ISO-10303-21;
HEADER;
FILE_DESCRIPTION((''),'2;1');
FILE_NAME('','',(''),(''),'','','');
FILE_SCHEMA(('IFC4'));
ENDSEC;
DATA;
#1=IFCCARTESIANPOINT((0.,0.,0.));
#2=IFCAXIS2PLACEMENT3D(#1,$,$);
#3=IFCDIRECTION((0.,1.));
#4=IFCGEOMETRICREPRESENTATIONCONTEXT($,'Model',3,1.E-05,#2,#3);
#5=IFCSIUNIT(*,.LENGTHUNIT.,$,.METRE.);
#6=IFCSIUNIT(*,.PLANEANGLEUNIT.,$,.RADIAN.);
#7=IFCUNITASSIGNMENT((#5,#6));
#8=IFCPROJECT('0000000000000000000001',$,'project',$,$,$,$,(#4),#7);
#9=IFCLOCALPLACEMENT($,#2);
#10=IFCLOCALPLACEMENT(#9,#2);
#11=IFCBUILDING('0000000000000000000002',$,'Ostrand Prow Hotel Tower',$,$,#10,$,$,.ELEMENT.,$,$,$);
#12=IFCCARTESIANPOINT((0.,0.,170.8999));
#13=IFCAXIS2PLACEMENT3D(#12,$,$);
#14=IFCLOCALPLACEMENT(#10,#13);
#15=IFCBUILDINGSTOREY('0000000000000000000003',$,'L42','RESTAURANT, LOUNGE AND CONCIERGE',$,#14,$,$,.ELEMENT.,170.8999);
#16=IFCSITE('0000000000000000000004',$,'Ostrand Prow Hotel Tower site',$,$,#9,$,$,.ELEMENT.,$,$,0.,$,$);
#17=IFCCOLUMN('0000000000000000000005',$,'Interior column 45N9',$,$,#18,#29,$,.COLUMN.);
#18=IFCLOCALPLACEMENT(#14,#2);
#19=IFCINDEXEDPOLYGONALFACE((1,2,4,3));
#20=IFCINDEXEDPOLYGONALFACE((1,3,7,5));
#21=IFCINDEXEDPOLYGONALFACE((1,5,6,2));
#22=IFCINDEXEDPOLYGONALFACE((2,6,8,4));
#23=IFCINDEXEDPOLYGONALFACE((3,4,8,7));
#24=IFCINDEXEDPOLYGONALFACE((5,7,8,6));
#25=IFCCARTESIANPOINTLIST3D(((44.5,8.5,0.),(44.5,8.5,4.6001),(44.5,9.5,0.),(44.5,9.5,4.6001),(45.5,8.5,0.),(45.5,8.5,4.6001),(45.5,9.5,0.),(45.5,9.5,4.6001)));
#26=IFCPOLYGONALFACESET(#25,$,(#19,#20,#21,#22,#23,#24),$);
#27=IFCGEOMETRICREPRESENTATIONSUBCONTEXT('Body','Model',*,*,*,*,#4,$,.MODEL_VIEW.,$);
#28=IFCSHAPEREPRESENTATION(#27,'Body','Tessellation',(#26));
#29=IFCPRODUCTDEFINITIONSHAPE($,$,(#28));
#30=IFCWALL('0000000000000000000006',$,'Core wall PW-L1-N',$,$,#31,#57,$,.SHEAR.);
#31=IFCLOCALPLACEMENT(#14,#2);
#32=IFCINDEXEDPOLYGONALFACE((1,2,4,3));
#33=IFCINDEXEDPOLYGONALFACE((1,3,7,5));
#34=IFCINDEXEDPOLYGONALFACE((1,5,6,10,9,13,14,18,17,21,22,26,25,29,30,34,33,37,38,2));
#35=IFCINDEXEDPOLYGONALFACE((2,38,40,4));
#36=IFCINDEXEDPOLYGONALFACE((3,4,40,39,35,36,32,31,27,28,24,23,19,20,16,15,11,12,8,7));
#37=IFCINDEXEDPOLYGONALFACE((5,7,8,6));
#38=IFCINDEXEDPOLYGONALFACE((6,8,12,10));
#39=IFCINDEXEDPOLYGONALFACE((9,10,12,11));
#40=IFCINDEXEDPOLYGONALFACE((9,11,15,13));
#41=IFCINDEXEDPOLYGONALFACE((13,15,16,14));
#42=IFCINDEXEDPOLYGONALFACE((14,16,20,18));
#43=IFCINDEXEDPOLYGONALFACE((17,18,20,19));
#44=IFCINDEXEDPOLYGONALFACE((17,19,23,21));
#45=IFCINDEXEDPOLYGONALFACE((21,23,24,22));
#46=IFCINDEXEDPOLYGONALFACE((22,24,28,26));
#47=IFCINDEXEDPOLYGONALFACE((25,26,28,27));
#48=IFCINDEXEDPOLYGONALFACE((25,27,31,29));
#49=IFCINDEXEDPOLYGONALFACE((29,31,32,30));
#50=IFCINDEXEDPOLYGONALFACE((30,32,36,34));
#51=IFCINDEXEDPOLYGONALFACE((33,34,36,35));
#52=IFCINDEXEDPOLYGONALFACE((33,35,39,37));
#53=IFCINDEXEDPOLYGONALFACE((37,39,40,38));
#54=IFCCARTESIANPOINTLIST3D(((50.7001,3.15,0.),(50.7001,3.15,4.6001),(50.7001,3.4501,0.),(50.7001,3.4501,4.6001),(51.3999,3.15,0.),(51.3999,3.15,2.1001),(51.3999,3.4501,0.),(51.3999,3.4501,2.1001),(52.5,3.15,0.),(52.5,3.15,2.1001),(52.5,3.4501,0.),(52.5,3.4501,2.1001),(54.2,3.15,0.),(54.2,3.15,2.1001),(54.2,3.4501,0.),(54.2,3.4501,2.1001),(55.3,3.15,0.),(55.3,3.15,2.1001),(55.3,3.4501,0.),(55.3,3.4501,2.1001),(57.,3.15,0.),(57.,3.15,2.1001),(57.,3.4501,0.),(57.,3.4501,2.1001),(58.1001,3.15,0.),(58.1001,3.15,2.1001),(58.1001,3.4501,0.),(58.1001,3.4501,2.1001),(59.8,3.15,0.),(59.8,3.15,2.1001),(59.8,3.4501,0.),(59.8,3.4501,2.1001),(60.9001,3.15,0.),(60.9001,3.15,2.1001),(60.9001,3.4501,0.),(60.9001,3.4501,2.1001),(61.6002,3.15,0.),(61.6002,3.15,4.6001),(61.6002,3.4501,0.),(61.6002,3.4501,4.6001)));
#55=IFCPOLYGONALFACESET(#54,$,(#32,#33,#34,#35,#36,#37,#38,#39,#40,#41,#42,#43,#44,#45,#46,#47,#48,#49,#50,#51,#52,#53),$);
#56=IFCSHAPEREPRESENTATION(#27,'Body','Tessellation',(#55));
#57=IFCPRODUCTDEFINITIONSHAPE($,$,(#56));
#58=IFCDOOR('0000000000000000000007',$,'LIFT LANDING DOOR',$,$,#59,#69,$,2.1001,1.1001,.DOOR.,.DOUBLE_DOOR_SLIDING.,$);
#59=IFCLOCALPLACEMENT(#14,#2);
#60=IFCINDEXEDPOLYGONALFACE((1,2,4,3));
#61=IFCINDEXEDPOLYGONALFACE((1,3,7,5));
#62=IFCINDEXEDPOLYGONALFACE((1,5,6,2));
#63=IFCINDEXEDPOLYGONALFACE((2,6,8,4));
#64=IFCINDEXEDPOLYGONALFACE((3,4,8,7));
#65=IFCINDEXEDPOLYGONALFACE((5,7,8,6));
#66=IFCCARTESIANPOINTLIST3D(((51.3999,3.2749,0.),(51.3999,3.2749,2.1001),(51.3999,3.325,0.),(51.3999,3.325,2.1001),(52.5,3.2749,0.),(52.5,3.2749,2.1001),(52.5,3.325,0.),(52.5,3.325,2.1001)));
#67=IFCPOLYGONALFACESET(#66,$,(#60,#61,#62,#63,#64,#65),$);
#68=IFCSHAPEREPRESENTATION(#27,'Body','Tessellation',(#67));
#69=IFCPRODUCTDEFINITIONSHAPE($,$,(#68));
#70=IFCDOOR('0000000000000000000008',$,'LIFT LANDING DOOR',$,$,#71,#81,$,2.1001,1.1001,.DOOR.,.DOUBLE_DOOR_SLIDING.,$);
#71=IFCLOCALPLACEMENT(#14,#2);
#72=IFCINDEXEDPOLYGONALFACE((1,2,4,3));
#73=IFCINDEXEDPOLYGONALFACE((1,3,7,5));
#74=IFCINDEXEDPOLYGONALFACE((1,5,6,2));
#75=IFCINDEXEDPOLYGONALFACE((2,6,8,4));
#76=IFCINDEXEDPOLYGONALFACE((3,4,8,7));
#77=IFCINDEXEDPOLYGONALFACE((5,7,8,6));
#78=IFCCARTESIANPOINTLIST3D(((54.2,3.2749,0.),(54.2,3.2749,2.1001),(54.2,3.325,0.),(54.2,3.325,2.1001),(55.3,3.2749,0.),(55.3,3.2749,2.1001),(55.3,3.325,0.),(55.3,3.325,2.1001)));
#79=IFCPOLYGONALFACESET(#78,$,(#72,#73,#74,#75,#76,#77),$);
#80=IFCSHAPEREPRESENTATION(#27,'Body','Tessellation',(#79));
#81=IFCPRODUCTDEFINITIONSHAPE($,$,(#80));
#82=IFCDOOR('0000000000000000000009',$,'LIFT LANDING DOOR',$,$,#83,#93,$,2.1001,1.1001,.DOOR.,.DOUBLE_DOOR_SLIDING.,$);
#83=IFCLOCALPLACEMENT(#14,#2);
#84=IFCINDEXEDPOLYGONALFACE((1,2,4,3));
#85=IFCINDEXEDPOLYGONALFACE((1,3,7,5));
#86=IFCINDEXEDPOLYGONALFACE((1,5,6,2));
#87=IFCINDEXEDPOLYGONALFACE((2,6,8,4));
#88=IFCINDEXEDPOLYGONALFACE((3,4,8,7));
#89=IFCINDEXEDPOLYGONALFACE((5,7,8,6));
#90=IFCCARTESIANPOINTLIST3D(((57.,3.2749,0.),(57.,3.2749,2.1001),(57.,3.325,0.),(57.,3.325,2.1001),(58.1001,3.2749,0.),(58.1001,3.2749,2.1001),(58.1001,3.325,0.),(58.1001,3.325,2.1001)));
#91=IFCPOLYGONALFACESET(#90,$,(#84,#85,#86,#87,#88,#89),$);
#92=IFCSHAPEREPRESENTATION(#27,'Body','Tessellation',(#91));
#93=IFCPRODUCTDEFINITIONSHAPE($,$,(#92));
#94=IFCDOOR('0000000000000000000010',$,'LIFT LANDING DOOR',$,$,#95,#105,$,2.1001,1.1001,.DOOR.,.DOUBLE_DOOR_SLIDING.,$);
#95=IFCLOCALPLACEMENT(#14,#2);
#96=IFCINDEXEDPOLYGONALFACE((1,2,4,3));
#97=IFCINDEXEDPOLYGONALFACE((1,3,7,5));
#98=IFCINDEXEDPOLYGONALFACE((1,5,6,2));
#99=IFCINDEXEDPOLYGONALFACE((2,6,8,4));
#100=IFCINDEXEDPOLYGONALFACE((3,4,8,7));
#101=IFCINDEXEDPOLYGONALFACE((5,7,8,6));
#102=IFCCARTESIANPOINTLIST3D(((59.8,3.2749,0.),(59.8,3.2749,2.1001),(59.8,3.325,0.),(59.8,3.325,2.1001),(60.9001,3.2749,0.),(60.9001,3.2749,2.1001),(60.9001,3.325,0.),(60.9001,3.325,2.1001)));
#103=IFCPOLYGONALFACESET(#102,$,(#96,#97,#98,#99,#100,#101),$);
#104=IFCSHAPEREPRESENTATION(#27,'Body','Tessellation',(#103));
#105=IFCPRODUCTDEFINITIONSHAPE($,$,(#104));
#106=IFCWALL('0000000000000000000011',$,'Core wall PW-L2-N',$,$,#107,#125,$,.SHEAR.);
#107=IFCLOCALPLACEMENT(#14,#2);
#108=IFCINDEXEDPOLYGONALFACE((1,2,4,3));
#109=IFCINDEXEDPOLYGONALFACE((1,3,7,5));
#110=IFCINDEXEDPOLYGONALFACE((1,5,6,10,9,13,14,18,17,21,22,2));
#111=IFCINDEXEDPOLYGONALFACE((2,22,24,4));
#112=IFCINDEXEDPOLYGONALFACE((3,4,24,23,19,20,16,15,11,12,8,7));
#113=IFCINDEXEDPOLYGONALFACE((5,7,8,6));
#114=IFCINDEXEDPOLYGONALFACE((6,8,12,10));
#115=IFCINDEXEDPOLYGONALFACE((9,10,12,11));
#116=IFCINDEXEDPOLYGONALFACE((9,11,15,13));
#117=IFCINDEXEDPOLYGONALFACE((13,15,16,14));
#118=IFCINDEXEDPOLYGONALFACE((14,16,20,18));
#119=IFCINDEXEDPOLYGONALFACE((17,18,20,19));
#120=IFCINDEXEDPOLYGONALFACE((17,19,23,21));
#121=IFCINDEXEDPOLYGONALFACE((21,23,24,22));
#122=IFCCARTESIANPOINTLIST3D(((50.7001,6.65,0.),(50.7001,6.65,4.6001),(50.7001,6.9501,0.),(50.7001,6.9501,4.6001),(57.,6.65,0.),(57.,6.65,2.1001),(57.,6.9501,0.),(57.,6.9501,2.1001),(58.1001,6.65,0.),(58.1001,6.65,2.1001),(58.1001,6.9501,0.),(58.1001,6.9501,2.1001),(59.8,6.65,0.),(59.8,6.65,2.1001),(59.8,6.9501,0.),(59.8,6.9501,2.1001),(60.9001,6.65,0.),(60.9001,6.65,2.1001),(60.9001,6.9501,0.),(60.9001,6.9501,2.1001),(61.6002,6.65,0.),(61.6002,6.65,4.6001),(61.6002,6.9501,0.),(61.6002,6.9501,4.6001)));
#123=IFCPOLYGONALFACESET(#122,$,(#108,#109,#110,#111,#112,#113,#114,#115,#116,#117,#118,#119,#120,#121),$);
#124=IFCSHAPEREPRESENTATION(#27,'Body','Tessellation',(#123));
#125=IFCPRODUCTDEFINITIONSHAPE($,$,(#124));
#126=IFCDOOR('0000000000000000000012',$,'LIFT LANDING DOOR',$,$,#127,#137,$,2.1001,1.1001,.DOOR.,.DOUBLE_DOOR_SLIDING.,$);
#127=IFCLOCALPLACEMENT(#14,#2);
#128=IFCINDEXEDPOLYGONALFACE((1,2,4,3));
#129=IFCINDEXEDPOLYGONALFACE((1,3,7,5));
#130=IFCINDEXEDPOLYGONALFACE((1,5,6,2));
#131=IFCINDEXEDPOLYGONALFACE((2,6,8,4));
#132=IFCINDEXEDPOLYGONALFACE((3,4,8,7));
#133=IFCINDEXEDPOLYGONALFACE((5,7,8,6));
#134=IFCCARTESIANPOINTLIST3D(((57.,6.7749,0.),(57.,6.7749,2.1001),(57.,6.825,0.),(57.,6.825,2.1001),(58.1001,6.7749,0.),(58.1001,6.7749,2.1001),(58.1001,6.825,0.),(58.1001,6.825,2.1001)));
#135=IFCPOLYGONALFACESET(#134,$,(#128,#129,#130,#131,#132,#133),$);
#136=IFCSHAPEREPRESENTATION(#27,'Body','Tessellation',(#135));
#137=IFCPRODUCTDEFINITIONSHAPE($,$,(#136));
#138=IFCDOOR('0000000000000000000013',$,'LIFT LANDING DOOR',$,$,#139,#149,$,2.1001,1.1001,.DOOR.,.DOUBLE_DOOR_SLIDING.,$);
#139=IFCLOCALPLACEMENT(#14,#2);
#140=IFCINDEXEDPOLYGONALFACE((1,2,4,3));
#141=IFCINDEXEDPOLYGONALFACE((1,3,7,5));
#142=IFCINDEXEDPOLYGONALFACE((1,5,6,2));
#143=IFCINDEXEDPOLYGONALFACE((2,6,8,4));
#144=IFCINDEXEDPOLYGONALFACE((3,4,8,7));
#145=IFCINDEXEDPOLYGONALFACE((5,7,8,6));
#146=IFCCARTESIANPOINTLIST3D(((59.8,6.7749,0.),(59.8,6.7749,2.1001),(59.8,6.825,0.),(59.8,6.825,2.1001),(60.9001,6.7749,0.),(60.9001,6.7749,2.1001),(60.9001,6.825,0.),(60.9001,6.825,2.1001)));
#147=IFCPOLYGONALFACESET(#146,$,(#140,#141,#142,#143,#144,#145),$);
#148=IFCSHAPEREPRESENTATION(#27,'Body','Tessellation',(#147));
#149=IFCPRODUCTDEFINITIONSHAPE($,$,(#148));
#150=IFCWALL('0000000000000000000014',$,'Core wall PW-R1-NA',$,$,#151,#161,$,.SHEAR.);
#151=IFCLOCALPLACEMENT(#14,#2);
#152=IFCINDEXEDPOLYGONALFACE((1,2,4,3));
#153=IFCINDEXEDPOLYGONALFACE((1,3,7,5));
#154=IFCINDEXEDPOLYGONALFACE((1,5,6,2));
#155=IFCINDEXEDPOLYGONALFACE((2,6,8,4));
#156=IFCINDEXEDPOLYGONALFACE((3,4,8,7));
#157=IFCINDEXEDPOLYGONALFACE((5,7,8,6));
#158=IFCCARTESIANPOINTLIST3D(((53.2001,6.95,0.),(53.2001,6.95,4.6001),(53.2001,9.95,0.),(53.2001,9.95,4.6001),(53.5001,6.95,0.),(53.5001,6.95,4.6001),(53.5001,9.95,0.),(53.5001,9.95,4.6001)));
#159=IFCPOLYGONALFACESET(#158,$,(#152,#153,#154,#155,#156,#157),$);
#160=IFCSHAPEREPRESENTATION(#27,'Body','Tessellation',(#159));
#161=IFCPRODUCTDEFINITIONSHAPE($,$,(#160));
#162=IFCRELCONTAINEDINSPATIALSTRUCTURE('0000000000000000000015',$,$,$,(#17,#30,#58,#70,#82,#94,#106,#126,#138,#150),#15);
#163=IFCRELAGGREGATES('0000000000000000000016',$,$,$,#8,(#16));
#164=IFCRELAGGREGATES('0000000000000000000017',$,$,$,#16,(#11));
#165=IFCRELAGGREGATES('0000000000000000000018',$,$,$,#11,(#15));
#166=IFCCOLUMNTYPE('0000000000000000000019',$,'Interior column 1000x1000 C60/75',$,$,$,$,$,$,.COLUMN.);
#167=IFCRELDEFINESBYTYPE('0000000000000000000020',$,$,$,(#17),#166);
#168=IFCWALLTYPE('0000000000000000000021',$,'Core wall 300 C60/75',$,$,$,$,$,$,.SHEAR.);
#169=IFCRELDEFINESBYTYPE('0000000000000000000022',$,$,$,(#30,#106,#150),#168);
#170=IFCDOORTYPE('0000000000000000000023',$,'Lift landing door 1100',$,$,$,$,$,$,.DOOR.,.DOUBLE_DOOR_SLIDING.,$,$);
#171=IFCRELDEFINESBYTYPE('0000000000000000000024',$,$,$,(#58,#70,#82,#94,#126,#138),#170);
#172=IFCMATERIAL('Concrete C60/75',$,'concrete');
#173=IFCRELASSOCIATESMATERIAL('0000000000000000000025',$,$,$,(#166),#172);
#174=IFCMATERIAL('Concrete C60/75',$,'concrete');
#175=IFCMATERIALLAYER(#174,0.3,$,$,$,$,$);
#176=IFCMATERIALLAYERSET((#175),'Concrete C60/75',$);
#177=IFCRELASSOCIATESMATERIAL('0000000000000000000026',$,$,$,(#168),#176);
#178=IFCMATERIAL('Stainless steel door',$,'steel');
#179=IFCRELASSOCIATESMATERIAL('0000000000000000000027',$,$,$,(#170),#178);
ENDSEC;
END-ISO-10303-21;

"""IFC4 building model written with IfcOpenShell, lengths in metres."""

from ifc_helpers import new_model, si_unit, direction, frame, frame_2d, origin, origin_2d, place, context, subcontext, project, spatial, rectangle, extrude, material, layer, layer_set, material_profile, profile_set, type_object, element, fill, save


model = new_model("IFC4")

# Units and contexts
model_context = context("Model", 3, precision=1e-05, world=origin(), true_north=direction((0.0, 1.0)))
body_context = subcontext(model_context, "Body", "Model", "MODEL_VIEW")
ifc_project = project(units=[si_unit("LENGTHUNIT", "METRE"), si_unit("PLANEANGLEUNIT", "RADIAN")], contexts=[model_context])

# Site, building, storey
site_placement = place(None, origin())
site = spatial("IfcSite", under=ifc_project, at=site_placement, Name="Ostrand Prow Hotel Tower site", CompositionType="ELEMENT", RefElevation=0.0)
building_placement = place(site_placement, origin())
building = spatial("IfcBuilding", under=site, at=building_placement, Name="Ostrand Prow Hotel Tower", CompositionType="ELEMENT")
storey_placement = place(building_placement, frame((0.0, 0.0, 170.8999)))
storey = spatial("IfcBuildingStorey", under=building, at=storey_placement, Name="L42", Description="RESTAURANT, LOUNGE AND CONCIERGE", CompositionType="ELEMENT", Elevation=170.8999)

# Column
ifc_material_1 = material(Name="Concrete C60/75", Category="concrete")
ifc_material_profile = material_profile(ifc_material_1, rectangle(XDim=1.0, YDim=1.0, at=origin_2d()), Name="RC 1000x1000")
ifc_profile_set = profile_set([ifc_material_profile], Name="Concrete C60/75")
column_type = type_object("IfcColumnType", Name="Interior column 1000x1000 C60/75", PredefinedType="COLUMN", material=ifc_profile_set)
column_placement = place(storey_placement, frame((45.0, 9.0, 0.0), z_axis=(0.0, 0.0, 1.0), x_axis=(1.0, 0.0, 0.0)))
element("IfcColumn", 1, at=column_placement, inside=storey, type_object=column_type, Name="Interior column 45N9", PredefinedType="COLUMN", context=body_context, shape_type="SweptSolid", body=[
    extrude(rectangle(XDim=1.0, YDim=1.0, at=origin_2d()), origin(), (0.0, 0.0, 1.0), 4.6001),
])

# Walls, openings, doors
ifc_material_2 = material(Name="Concrete C60/75", Category="concrete")
ifc_layer_1 = layer(ifc_material_2, 0.3)
ifc_layer_set_1 = layer_set([ifc_layer_1], Name="Concrete C60/75")
wall_type_1 = type_object("IfcWallType", Name="Core wall 300 C60/75", PredefinedType="SHEAR", material=ifc_layer_set_1)
wall_1_placement = place(storey_placement, frame((50.7, 3.3, 0.0), z_axis=(0.0, 0.0, 1.0), x_axis=(1.0, 0.0, 0.0)))
wall_1 = element("IfcWall", 2, at=wall_1_placement, inside=storey, type_object=wall_type_1, Name="Core wall PW-L1-N", PredefinedType="SHEAR", context=body_context, shape_type="SweptSolid", body=[
    extrude(rectangle(XDim=10.9001, YDim=0.3, at=frame_2d((5.4502, 0.0))), origin(), (0.0, 0.0, 1.0), 4.6001),
])
opening_1_placement = place(wall_1_placement, frame((0.7, 0.0, 0.0)))
opening_1 = element("IfcOpeningElement", 3, at=opening_1_placement, cuts=wall_1, PredefinedType="OPENING", context=body_context, shape_type="SweptSolid", body=[
    extrude(rectangle(XDim=1.1001, YDim=2.1001, at=frame_2d((0.55, 1.05))), frame((0.0, 0.1599, 0.0), z_axis=(0.0, -1.0, 0.0), x_axis=(1.0, 0.0, 0.0)), (0.0, 0.0, 1.0), 0.3201),
])
opening_2_placement = place(wall_1_placement, frame((3.5, 0.0, 0.0)))
opening_2 = element("IfcOpeningElement", 4, at=opening_2_placement, cuts=wall_1, PredefinedType="OPENING", context=body_context, shape_type="SweptSolid", body=[
    extrude(rectangle(XDim=1.1001, YDim=2.1001, at=frame_2d((0.55, 1.05))), frame((0.0, 0.1599, 0.0), z_axis=(0.0, -1.0, 0.0), x_axis=(1.0, 0.0, 0.0)), (0.0, 0.0, 1.0), 0.3201),
])
opening_3_placement = place(wall_1_placement, frame((6.3, 0.0, 0.0)))
opening_3 = element("IfcOpeningElement", 5, at=opening_3_placement, cuts=wall_1, PredefinedType="OPENING", context=body_context, shape_type="SweptSolid", body=[
    extrude(rectangle(XDim=1.1001, YDim=2.1001, at=frame_2d((0.55, 1.05))), frame((0.0, 0.1599, 0.0), z_axis=(0.0, -1.0, 0.0), x_axis=(1.0, 0.0, 0.0)), (0.0, 0.0, 1.0), 0.3201),
])
opening_4_placement = place(wall_1_placement, frame((9.1001, 0.0, 0.0)))
opening_4 = element("IfcOpeningElement", 6, at=opening_4_placement, cuts=wall_1, PredefinedType="OPENING", context=body_context, shape_type="SweptSolid", body=[
    extrude(rectangle(XDim=1.1001, YDim=2.1001, at=frame_2d((0.55, 1.05))), frame((0.0, 0.1599, 0.0), z_axis=(0.0, -1.0, 0.0), x_axis=(1.0, 0.0, 0.0)), (0.0, 0.0, 1.0), 0.3201),
])
ifc_material_3 = material(Name="Stainless steel door", Category="steel")
door_type_1 = type_object("IfcDoorType", Name="Lift landing door 1100", OperationType="DOUBLE_DOOR_SLIDING", PredefinedType="DOOR", material=ifc_material_3)
door_1_placement = place(opening_1_placement, origin())
door_1 = element("IfcDoor", 7, at=door_1_placement, inside=storey, type_object=door_type_1, Name="LIFT LANDING DOOR", OperationType="DOUBLE_DOOR_SLIDING", OverallHeight=2.1001, OverallWidth=1.1001, PredefinedType="DOOR", context=body_context, shape_type="SweptSolid", body=[
    extrude(rectangle(XDim=1.1001, YDim=2.1001, at=frame_2d((0.55, 1.05))), frame((0.0, 0.0249, 0.0), z_axis=(0.0, -1.0, 0.0), x_axis=(1.0, 0.0, 0.0)), (0.0, 0.0, 1.0), 0.05),
])
fill(opening_1, door_1)
door_2_placement = place(opening_2_placement, origin())
door_2 = element("IfcDoor", 8, at=door_2_placement, inside=storey, type_object=door_type_1, Name="LIFT LANDING DOOR", OperationType="DOUBLE_DOOR_SLIDING", OverallHeight=2.1001, OverallWidth=1.1001, PredefinedType="DOOR", context=body_context, shape_type="SweptSolid", body=[
    extrude(rectangle(XDim=1.1001, YDim=2.1001, at=frame_2d((0.55, 1.05))), frame((0.0, 0.0249, 0.0), z_axis=(0.0, -1.0, 0.0), x_axis=(1.0, 0.0, 0.0)), (0.0, 0.0, 1.0), 0.05),
])
fill(opening_2, door_2)
door_3_placement = place(opening_3_placement, origin())
door_3 = element("IfcDoor", 9, at=door_3_placement, inside=storey, type_object=door_type_1, Name="LIFT LANDING DOOR", OperationType="DOUBLE_DOOR_SLIDING", OverallHeight=2.1001, OverallWidth=1.1001, PredefinedType="DOOR", context=body_context, shape_type="SweptSolid", body=[
    extrude(rectangle(XDim=1.1001, YDim=2.1001, at=frame_2d((0.55, 1.05))), frame((0.0, 0.0249, 0.0), z_axis=(0.0, -1.0, 0.0), x_axis=(1.0, 0.0, 0.0)), (0.0, 0.0, 1.0), 0.05),
])
fill(opening_3, door_3)
door_4_placement = place(opening_4_placement, origin())
door_4 = element("IfcDoor", 10, at=door_4_placement, inside=storey, type_object=door_type_1, Name="LIFT LANDING DOOR", OperationType="DOUBLE_DOOR_SLIDING", OverallHeight=2.1001, OverallWidth=1.1001, PredefinedType="DOOR", context=body_context, shape_type="SweptSolid", body=[
    extrude(rectangle(XDim=1.1001, YDim=2.1001, at=frame_2d((0.55, 1.05))), frame((0.0, 0.0249, 0.0), z_axis=(0.0, -1.0, 0.0), x_axis=(1.0, 0.0, 0.0)), (0.0, 0.0, 1.0), 0.05),
])
fill(opening_4, door_4)
wall_2_placement = place(storey_placement, frame((50.7, 6.8, 0.0), z_axis=(0.0, 0.0, 1.0), x_axis=(1.0, 0.0, 0.0)))
wall_2 = element("IfcWall", 11, at=wall_2_placement, inside=storey, type_object=wall_type_1, Name="Core wall PW-L2-N", PredefinedType="SHEAR", context=body_context, shape_type="SweptSolid", body=[
    extrude(rectangle(XDim=10.9001, YDim=0.3, at=frame_2d((5.4502, 0.0))), origin(), (0.0, 0.0, 1.0), 4.6001),
])
opening_5_placement = place(wall_2_placement, frame((6.3, 0.0, 0.0)))
opening_5 = element("IfcOpeningElement", 12, at=opening_5_placement, cuts=wall_2, PredefinedType="OPENING", context=body_context, shape_type="SweptSolid", body=[
    extrude(rectangle(XDim=1.1001, YDim=2.1001, at=frame_2d((0.55, 1.05))), frame((0.0, 0.1599, 0.0), z_axis=(0.0, -1.0, 0.0), x_axis=(1.0, 0.0, 0.0)), (0.0, 0.0, 1.0), 0.3201),
])
opening_6_placement = place(wall_2_placement, frame((9.1001, 0.0, 0.0)))
opening_6 = element("IfcOpeningElement", 13, at=opening_6_placement, cuts=wall_2, PredefinedType="OPENING", context=body_context, shape_type="SweptSolid", body=[
    extrude(rectangle(XDim=1.1001, YDim=2.1001, at=frame_2d((0.55, 1.05))), frame((0.0, 0.1599, 0.0), z_axis=(0.0, -1.0, 0.0), x_axis=(1.0, 0.0, 0.0)), (0.0, 0.0, 1.0), 0.3201),
])
door_5_placement = place(opening_5_placement, origin())
door_5 = element("IfcDoor", 14, at=door_5_placement, inside=storey, type_object=door_type_1, Name="LIFT LANDING DOOR", OperationType="DOUBLE_DOOR_SLIDING", OverallHeight=2.1001, OverallWidth=1.1001, PredefinedType="DOOR", context=body_context, shape_type="SweptSolid", body=[
    extrude(rectangle(XDim=1.1001, YDim=2.1001, at=frame_2d((0.55, 1.05))), frame((0.0, 0.0249, 0.0), z_axis=(0.0, -1.0, 0.0), x_axis=(1.0, 0.0, 0.0)), (0.0, 0.0, 1.0), 0.05),
])
fill(opening_5, door_5)
door_6_placement = place(opening_6_placement, origin())
door_6 = element("IfcDoor", 15, at=door_6_placement, inside=storey, type_object=door_type_1, Name="LIFT LANDING DOOR", OperationType="DOUBLE_DOOR_SLIDING", OverallHeight=2.1001, OverallWidth=1.1001, PredefinedType="DOOR", context=body_context, shape_type="SweptSolid", body=[
    extrude(rectangle(XDim=1.1001, YDim=2.1001, at=frame_2d((0.55, 1.05))), frame((0.0, 0.0249, 0.0), z_axis=(0.0, -1.0, 0.0), x_axis=(1.0, 0.0, 0.0)), (0.0, 0.0, 1.0), 0.05),
])
fill(opening_6, door_6)

# Wall
wall_3_placement = place(storey_placement, frame((53.3501, 6.95, 0.0), z_axis=(0.0, 0.0, 1.0), x_axis=(0.0, 1.0, 0.0)))
element("IfcWall", 16, at=wall_3_placement, inside=storey, type_object=wall_type_1, Name="Core wall PW-R1-NA", PredefinedType="SHEAR", context=body_context, shape_type="SweptSolid", body=[
    extrude(rectangle(XDim=3.0, YDim=0.3, at=frame_2d((1.5, 0.0))), origin(), (0.0, 0.0, 1.0), 4.6001),
])

save(model, "model.ifc")
